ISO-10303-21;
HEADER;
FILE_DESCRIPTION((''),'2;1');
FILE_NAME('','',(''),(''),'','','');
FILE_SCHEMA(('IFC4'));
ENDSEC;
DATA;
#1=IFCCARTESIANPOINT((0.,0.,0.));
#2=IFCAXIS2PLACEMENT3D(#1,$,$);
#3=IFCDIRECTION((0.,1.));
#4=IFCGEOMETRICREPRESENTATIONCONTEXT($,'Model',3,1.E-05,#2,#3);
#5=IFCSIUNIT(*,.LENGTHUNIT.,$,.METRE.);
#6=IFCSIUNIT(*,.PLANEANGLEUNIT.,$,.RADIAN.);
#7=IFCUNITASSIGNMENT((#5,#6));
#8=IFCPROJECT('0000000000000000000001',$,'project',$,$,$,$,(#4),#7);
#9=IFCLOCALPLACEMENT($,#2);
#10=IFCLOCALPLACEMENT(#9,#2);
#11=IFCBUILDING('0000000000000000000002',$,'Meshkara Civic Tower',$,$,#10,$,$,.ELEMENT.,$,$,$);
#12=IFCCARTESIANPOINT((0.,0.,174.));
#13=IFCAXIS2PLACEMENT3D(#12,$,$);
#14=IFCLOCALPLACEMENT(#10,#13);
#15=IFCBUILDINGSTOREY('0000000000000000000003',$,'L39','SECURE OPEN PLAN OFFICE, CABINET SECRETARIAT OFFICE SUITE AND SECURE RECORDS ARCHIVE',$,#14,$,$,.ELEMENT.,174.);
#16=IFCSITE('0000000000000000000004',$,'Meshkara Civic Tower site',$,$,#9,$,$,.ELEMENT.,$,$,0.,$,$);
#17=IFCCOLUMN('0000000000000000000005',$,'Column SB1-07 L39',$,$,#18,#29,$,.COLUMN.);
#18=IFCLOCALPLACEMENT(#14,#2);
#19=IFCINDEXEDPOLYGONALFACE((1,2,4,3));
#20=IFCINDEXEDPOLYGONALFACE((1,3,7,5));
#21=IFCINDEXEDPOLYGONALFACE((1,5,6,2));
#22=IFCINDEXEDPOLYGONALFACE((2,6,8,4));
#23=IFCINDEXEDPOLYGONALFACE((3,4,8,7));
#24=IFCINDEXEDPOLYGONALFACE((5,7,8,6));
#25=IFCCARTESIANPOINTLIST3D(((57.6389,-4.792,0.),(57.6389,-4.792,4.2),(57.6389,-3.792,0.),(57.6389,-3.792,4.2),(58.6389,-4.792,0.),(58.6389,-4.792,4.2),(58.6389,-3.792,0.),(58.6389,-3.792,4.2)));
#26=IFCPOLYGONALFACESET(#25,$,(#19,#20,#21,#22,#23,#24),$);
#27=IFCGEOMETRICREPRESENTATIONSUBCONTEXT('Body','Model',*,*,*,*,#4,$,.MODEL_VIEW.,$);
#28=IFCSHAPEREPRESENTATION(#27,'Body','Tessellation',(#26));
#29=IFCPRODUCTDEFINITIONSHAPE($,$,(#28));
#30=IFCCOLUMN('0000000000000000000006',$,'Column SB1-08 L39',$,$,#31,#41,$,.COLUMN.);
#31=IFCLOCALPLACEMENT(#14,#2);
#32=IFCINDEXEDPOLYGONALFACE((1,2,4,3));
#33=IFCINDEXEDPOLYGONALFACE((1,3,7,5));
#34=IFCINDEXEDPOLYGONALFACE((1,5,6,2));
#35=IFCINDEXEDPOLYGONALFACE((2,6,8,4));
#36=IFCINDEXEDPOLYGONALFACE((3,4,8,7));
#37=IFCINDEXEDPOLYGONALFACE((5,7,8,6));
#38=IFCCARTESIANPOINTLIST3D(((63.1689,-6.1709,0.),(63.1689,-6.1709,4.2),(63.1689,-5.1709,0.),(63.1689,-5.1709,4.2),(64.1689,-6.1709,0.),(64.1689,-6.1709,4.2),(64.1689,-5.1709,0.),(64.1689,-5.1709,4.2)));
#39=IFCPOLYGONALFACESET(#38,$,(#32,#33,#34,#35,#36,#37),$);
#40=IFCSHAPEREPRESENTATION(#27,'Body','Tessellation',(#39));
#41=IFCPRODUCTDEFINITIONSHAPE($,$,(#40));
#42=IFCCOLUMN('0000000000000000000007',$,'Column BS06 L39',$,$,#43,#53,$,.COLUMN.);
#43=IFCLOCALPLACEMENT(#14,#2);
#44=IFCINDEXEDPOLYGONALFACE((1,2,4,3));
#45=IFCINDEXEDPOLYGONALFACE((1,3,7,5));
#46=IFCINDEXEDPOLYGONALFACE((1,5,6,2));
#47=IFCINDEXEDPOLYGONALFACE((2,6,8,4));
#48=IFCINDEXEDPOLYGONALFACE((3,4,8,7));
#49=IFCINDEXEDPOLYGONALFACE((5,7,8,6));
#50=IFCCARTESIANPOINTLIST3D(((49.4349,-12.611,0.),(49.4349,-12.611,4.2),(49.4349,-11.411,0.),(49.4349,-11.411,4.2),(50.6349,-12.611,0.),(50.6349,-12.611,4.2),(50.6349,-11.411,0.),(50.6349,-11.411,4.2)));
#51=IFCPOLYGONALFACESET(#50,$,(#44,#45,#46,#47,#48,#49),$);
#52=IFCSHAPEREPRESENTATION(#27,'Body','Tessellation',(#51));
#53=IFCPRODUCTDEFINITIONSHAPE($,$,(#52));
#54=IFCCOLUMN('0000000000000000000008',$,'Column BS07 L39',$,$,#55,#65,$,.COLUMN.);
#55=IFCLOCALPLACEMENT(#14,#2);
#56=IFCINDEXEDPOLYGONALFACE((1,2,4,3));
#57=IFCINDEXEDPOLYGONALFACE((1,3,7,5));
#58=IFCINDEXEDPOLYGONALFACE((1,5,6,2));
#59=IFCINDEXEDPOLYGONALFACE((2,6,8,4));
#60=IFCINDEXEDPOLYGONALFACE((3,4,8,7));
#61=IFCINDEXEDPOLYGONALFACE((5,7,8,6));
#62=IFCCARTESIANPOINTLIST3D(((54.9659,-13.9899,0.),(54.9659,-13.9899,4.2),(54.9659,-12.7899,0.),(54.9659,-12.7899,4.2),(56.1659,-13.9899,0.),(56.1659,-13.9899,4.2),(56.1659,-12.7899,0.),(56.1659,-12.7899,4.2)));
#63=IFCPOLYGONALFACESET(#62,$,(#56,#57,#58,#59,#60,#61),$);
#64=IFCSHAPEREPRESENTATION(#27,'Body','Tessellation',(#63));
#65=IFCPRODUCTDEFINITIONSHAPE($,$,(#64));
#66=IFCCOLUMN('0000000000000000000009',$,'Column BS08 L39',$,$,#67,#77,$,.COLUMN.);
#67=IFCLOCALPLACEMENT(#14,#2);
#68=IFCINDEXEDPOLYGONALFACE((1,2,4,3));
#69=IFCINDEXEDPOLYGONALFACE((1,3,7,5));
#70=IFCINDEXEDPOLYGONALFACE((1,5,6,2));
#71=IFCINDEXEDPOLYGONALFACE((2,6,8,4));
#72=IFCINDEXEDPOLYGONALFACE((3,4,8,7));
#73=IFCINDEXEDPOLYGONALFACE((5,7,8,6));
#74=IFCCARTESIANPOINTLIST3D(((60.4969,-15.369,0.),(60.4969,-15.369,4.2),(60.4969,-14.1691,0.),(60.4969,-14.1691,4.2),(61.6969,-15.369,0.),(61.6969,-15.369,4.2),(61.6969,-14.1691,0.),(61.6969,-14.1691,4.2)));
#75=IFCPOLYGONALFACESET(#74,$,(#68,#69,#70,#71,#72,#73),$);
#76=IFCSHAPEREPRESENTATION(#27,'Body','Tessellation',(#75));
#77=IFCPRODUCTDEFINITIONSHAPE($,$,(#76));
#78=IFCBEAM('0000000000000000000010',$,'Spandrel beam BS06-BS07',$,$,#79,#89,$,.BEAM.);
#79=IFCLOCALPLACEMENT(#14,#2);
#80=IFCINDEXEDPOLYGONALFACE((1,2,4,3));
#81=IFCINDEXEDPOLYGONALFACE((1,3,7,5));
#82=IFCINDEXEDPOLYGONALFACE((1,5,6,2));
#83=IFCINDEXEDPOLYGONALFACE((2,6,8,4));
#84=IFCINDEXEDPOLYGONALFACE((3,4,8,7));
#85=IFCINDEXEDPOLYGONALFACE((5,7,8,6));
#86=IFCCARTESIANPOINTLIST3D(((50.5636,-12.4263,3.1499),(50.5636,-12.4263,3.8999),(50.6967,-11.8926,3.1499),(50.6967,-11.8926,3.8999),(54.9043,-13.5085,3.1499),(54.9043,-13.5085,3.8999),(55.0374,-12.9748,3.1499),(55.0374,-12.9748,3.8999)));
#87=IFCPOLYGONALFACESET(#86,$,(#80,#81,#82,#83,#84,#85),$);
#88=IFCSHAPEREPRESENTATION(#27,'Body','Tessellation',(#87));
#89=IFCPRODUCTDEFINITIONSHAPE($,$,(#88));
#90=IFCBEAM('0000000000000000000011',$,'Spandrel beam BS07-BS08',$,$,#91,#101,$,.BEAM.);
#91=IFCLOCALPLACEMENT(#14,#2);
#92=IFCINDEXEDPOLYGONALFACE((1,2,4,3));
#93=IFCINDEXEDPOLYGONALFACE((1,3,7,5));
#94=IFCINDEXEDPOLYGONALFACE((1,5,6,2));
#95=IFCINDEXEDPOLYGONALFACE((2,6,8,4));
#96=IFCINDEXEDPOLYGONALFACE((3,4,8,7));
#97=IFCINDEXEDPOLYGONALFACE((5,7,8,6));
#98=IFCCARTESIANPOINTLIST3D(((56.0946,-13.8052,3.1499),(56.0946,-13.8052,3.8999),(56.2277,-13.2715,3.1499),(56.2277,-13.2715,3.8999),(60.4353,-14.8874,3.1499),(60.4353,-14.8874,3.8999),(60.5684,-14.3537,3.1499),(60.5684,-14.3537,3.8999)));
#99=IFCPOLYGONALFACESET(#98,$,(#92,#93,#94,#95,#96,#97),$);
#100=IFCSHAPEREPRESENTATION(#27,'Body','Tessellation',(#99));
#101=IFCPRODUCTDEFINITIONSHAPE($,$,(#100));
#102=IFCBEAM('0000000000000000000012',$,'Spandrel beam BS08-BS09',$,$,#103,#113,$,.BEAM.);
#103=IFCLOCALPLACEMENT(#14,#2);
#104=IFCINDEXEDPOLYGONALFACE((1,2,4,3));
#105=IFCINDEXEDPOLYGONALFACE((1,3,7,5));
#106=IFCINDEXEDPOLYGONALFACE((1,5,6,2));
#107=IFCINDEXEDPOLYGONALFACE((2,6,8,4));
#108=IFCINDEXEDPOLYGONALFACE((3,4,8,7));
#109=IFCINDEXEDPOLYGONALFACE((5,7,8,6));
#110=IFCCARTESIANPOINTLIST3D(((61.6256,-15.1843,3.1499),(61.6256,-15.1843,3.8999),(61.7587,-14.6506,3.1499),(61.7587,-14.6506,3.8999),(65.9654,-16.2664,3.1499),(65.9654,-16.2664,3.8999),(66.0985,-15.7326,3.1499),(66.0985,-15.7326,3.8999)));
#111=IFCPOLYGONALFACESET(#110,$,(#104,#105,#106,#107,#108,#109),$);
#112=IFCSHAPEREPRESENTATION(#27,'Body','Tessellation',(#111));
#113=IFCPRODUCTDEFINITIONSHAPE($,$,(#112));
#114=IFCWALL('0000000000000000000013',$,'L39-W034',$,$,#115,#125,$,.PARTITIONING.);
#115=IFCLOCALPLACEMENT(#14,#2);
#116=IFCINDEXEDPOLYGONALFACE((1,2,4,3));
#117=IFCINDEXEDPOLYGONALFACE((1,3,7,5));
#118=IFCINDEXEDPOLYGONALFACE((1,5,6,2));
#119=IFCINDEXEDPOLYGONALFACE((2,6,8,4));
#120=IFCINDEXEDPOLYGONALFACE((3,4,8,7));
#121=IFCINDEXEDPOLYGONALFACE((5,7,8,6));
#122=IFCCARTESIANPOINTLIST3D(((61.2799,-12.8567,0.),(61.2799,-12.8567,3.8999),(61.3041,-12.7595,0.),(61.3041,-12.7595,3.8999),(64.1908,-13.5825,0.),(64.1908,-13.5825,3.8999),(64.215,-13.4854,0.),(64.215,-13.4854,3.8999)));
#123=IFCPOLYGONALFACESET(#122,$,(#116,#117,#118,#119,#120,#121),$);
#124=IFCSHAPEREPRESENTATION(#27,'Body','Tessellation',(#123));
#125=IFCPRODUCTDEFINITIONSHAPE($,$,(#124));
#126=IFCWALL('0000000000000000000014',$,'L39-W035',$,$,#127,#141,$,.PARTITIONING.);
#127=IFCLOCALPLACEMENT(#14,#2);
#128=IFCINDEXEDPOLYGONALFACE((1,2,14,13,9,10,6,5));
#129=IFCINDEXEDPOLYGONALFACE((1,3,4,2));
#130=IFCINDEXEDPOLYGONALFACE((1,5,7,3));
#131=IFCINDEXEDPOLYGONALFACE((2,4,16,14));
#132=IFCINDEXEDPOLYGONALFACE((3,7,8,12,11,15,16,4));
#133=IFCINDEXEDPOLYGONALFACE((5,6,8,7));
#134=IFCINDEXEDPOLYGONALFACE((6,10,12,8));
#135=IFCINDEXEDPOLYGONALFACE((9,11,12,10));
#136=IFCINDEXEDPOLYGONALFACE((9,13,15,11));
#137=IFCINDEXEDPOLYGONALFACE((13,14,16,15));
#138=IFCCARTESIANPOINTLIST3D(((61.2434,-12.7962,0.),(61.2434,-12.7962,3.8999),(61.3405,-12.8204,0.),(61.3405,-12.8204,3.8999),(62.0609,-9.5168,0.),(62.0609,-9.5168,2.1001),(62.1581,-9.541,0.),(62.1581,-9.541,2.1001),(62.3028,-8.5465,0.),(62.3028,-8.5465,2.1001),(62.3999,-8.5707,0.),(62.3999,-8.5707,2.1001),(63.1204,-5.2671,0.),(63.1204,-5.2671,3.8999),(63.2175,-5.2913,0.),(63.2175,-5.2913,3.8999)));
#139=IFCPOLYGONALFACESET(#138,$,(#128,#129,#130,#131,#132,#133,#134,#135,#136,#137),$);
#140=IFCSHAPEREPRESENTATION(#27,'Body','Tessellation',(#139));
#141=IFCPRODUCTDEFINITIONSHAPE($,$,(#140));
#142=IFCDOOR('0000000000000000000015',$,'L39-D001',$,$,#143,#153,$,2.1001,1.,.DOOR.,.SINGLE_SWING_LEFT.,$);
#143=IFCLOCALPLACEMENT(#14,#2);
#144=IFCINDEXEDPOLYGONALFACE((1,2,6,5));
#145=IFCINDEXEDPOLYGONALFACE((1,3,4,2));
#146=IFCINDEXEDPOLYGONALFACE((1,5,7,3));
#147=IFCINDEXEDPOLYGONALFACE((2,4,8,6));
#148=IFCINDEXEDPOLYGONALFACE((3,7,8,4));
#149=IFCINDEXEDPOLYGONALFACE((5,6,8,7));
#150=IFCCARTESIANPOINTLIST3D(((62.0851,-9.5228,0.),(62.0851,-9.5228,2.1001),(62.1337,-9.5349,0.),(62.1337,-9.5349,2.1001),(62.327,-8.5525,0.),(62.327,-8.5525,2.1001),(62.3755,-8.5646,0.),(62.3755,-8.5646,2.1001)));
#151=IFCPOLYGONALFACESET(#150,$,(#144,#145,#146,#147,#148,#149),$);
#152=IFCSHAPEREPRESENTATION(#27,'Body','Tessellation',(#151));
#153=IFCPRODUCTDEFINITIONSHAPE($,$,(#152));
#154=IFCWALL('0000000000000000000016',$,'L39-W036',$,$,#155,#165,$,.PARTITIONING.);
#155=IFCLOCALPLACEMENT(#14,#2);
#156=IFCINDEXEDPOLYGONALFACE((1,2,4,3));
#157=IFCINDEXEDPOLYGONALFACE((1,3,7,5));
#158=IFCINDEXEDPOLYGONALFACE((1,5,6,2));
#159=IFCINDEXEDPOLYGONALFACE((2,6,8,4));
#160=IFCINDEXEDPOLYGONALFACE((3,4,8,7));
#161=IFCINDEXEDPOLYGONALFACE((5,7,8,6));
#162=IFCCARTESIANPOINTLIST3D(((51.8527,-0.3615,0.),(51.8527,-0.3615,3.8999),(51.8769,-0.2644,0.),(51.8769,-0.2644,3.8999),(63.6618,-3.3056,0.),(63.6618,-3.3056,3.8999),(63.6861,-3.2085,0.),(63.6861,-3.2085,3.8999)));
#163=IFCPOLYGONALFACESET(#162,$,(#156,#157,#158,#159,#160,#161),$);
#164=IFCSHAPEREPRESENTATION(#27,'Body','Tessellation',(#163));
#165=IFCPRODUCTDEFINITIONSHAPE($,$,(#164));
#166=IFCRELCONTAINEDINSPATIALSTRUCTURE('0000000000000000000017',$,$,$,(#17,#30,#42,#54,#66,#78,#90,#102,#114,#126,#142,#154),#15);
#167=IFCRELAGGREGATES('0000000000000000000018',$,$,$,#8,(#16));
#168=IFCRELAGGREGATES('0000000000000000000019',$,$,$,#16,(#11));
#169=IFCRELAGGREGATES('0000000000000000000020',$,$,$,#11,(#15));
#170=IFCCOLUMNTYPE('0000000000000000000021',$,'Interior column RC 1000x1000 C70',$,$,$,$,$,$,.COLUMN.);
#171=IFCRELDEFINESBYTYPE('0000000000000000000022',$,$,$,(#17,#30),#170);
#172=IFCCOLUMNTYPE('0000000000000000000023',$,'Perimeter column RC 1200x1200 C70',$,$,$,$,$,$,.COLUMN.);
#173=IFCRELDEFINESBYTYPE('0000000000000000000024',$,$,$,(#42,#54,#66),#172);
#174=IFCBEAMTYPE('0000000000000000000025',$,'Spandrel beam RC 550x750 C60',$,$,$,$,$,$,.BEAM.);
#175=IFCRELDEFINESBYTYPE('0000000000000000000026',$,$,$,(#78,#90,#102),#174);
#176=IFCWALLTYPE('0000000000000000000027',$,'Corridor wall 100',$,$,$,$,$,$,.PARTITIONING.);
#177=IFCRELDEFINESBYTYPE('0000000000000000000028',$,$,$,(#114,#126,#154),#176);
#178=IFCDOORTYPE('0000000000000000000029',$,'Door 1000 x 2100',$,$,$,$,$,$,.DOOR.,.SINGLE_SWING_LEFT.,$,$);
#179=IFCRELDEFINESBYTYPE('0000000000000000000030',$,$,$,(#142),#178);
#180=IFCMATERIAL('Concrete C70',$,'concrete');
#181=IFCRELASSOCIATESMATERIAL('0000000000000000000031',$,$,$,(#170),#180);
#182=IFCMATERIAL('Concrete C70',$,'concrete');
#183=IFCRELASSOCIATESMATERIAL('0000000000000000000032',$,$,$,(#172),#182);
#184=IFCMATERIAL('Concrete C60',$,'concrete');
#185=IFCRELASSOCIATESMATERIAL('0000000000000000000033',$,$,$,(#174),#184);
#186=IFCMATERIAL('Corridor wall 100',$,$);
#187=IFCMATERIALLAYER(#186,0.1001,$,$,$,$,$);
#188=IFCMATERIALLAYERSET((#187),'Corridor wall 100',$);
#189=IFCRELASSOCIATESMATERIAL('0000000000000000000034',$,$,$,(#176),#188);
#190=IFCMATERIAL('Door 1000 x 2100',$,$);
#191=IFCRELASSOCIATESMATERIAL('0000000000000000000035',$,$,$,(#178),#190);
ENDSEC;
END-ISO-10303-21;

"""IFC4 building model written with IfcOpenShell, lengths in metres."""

from ifc_helpers import new_model, si_unit, direction, frame, frame_2d, origin, origin_2d, place, context, subcontext, project, spatial, rectangle, extrude, material, layer, layer_set, material_profile, profile_set, type_object, element, fill, save


model = new_model("IFC4")

# Units and contexts
model_context = context("Model", 3, precision=1e-05, world=origin(), true_north=direction((0.0, 1.0)))
body_context = subcontext(model_context, "Body", "Model", "MODEL_VIEW")
ifc_project = project(units=[si_unit("LENGTHUNIT", "METRE"), si_unit("PLANEANGLEUNIT", "RADIAN")], contexts=[model_context])

# Site, building, storey
site_placement = place(None, origin())
site = spatial("IfcSite", under=ifc_project, at=site_placement, Name="Meshkara Civic Tower site", CompositionType="ELEMENT", RefElevation=0.0)
building_placement = place(site_placement, origin())
building = spatial("IfcBuilding", under=site, at=building_placement, Name="Meshkara Civic Tower", CompositionType="ELEMENT")
storey_placement = place(building_placement, frame((0.0, 0.0, 174.0)))
storey = spatial("IfcBuildingStorey", under=building, at=storey_placement, Name="L39", Description="SECURE OPEN PLAN OFFICE, CABINET SECRETARIAT OFFICE SUITE AND SECURE RECORDS ARCHIVE", CompositionType="ELEMENT", Elevation=174.0)

# Columns
ifc_material_1 = material(Name="Concrete C70", Category="concrete")
ifc_material_profile_1 = material_profile(ifc_material_1, rectangle(XDim=1.0, YDim=1.0, at=origin_2d()))
ifc_profile_set_1 = profile_set([ifc_material_profile_1], Name="Concrete C70")
column_type_1 = type_object("IfcColumnType", Name="Interior column RC 1000x1000 C70", PredefinedType="COLUMN", material=ifc_profile_set_1)
for number, where, z_axis, x_axis, name in (
    (1, (58.1389, -4.292, 0.0), (0.0, 0.0, 1.0), (1.0, 0.0, 0.0), "Column SB1-07 L39"),
    (2, (63.6689, -5.6709, 0.0), (0.0, 0.0, 1.0), (1.0, 0.0, 0.0), "Column SB1-08 L39"),
):
    element("IfcColumn", number, at=place(storey_placement, frame(where, z_axis=z_axis, x_axis=x_axis)), inside=storey, type_object=column_type_1, Name=name, PredefinedType="COLUMN", context=body_context, shape_type="SweptSolid", body=[
        extrude(rectangle(XDim=1.0, YDim=1.0, at=origin_2d()), origin(), (0.0, 0.0, 1.0), 4.2),
    ])
ifc_material_2 = material(Name="Concrete C70", Category="concrete")
ifc_material_profile_2 = material_profile(ifc_material_2, rectangle(XDim=1.2, YDim=1.2, at=origin_2d()))
ifc_profile_set_2 = profile_set([ifc_material_profile_2], Name="Concrete C70")
column_type_2 = type_object("IfcColumnType", Name="Perimeter column RC 1200x1200 C70", PredefinedType="COLUMN", material=ifc_profile_set_2)
for number, where, z_axis, x_axis, name in (
    (3, (50.0349, -12.011, 0.0), (0.0, 0.0, 1.0), (1.0, 0.0, 0.0), "Column BS06 L39"),
    (4, (55.5659, -13.3899, 0.0), (0.0, 0.0, 1.0), (1.0, 0.0, 0.0), "Column BS07 L39"),
    (5, (61.0969, -14.769, 0.0), (0.0, 0.0, 1.0), (1.0, 0.0, 0.0), "Column BS08 L39"),
):
    element("IfcColumn", number, at=place(storey_placement, frame(where, z_axis=z_axis, x_axis=x_axis)), inside=storey, type_object=column_type_2, Name=name, PredefinedType="COLUMN", context=body_context, shape_type="SweptSolid", body=[
        extrude(rectangle(XDim=1.2, YDim=1.2, at=origin_2d()), origin(), (0.0, 0.0, 1.0), 4.2),
    ])

# Beams
ifc_material_3 = material(Name="Concrete C60", Category="concrete")
ifc_material_profile_3 = material_profile(ifc_material_3, rectangle(XDim=0.55, YDim=0.75, at=origin_2d()))
ifc_profile_set_3 = profile_set([ifc_material_profile_3], Name="Concrete C60")
beam_type = type_object("IfcBeamType", Name="Spandrel beam RC 550x750 C60", PredefinedType="BEAM", material=ifc_profile_set_3)
for number, where, z_axis, x_axis, name in (
    (6, (50.6301, -12.1594, 3.5249), (0.970296, -0.241919, 0.0), (0.241919, 0.970296, 0.0), "Spandrel beam BS06-BS07"),
    (7, (56.1611, -13.5383, 3.5249), (0.970296, -0.241919, 0.0), (0.241919, 0.970296, 0.0), "Spandrel beam BS07-BS08"),
):
    element("IfcBeam", number, at=place(storey_placement, frame(where, z_axis=z_axis, x_axis=x_axis)), inside=storey, type_object=beam_type, Name=name, PredefinedType="BEAM", context=body_context, shape_type="SweptSolid", body=[
        extrude(rectangle(XDim=0.55, YDim=0.75, at=origin_2d()), origin(), (0.0, 0.0, 1.0), 4.4736),
    ])
beam_placement = place(storey_placement, frame((61.6921, -14.9175, 3.5249), z_axis=(0.970296, -0.241919, 0.0), x_axis=(0.241919, 0.970296, 0.0)))
element("IfcBeam", 8, at=beam_placement, inside=storey, type_object=beam_type, Name="Spandrel beam BS08-BS09", PredefinedType="BEAM", context=body_context, shape_type="SweptSolid", body=[
    extrude(rectangle(XDim=0.55, YDim=0.75, at=origin_2d()), origin(), (0.0, 0.0, 1.0), 4.4727),
])

# Wall
ifc_material_4 = material(Name="Corridor wall 100")
ifc_layer_1 = layer(ifc_material_4, 0.1001)
ifc_layer_set_1 = layer_set([ifc_layer_1], Name="Corridor wall 100")
wall_type_1 = type_object("IfcWallType", Name="Corridor wall 100", PredefinedType="PARTITIONING", material=ifc_layer_set_1)
wall_1_placement = place(storey_placement, frame((61.292, -12.8081, 0.0), z_axis=(0.0, 0.0, 1.0), x_axis=(0.970291, -0.241942, 0.0)))
element("IfcWall", 9, at=wall_1_placement, inside=storey, type_object=wall_type_1, Name="L39-W034", PredefinedType="PARTITIONING", context=body_context, shape_type="SweptSolid", body=[
    extrude(rectangle(XDim=3.0, YDim=0.1001, at=frame_2d((1.5, 0.0))), origin(), (0.0, 0.0, 1.0), 3.8999),
])

# Wall, opening, door
wall_2_placement = place(storey_placement, frame((63.1689, -5.2791, 0.0), z_axis=(0.0, 0.0, 1.0), x_axis=(-0.241891, -0.970303, 0.0)))
wall_2 = element("IfcWall", 10, at=wall_2_placement, inside=storey, type_object=wall_type_1, Name="L39-W035", PredefinedType="PARTITIONING", context=body_context, shape_type="SweptSolid", body=[
    extrude(rectangle(XDim=7.7595, YDim=0.1001, at=frame_2d((3.8799, 0.0))), origin(), (0.0, 0.0, 1.0), 3.8999),
])
opening_1_placement = place(wall_2_placement, frame((3.3799, 0.0, 0.0)))
opening_1 = element("IfcOpeningElement", 11, at=opening_1_placement, cuts=wall_2, PredefinedType="OPENING", context=body_context, shape_type="SweptSolid", body=[
    extrude(rectangle(XDim=1.0, YDim=2.1001, at=frame_2d((0.5, 1.05))), frame((0.0, 0.0601, 0.0), z_axis=(0.0, -1.0, 0.0), x_axis=(1.0, 0.0, 0.0)), (0.0, 0.0, 1.0), 0.1201),
])
ifc_material_5 = material(Name="Door 1000 x 2100")
door_type_1 = type_object("IfcDoorType", Name="Door 1000 x 2100", OperationType="SINGLE_SWING_LEFT", PredefinedType="DOOR", material=ifc_material_5)
door_1_placement = place(opening_1_placement, origin())
door_1 = element("IfcDoor", 12, at=door_1_placement, inside=storey, type_object=door_type_1, Name="L39-D001", OperationType="SINGLE_SWING_LEFT", OverallHeight=2.1001, OverallWidth=1.0, PredefinedType="DOOR", context=body_context, shape_type="SweptSolid", body=[
    extrude(rectangle(XDim=1.0, YDim=2.1001, at=frame_2d((0.5, 1.05))), frame((0.0, 0.0249, 0.0), z_axis=(0.0, -1.0, 0.0), x_axis=(1.0, 0.0, 0.0)), (0.0, 0.0, 1.0), 0.05),
])
fill(opening_1, door_1)

# Wall
wall_3_placement = place(storey_placement, frame((63.6741, -3.2571, 0.0), z_axis=(0.0, 0.0, 1.0), x_axis=(-0.9703, 0.241903, 0.0)))
element("IfcWall", 13, at=wall_3_placement, inside=storey, type_object=wall_type_1, Name="L39-W036", PredefinedType="PARTITIONING", context=body_context, shape_type="SweptSolid", body=[
    extrude(rectangle(XDim=12.1707, YDim=0.1001, at=frame_2d((6.0854, 0.0))), origin(), (0.0, 0.0, 1.0), 3.8999),
])

save(model, "model.ifc")
